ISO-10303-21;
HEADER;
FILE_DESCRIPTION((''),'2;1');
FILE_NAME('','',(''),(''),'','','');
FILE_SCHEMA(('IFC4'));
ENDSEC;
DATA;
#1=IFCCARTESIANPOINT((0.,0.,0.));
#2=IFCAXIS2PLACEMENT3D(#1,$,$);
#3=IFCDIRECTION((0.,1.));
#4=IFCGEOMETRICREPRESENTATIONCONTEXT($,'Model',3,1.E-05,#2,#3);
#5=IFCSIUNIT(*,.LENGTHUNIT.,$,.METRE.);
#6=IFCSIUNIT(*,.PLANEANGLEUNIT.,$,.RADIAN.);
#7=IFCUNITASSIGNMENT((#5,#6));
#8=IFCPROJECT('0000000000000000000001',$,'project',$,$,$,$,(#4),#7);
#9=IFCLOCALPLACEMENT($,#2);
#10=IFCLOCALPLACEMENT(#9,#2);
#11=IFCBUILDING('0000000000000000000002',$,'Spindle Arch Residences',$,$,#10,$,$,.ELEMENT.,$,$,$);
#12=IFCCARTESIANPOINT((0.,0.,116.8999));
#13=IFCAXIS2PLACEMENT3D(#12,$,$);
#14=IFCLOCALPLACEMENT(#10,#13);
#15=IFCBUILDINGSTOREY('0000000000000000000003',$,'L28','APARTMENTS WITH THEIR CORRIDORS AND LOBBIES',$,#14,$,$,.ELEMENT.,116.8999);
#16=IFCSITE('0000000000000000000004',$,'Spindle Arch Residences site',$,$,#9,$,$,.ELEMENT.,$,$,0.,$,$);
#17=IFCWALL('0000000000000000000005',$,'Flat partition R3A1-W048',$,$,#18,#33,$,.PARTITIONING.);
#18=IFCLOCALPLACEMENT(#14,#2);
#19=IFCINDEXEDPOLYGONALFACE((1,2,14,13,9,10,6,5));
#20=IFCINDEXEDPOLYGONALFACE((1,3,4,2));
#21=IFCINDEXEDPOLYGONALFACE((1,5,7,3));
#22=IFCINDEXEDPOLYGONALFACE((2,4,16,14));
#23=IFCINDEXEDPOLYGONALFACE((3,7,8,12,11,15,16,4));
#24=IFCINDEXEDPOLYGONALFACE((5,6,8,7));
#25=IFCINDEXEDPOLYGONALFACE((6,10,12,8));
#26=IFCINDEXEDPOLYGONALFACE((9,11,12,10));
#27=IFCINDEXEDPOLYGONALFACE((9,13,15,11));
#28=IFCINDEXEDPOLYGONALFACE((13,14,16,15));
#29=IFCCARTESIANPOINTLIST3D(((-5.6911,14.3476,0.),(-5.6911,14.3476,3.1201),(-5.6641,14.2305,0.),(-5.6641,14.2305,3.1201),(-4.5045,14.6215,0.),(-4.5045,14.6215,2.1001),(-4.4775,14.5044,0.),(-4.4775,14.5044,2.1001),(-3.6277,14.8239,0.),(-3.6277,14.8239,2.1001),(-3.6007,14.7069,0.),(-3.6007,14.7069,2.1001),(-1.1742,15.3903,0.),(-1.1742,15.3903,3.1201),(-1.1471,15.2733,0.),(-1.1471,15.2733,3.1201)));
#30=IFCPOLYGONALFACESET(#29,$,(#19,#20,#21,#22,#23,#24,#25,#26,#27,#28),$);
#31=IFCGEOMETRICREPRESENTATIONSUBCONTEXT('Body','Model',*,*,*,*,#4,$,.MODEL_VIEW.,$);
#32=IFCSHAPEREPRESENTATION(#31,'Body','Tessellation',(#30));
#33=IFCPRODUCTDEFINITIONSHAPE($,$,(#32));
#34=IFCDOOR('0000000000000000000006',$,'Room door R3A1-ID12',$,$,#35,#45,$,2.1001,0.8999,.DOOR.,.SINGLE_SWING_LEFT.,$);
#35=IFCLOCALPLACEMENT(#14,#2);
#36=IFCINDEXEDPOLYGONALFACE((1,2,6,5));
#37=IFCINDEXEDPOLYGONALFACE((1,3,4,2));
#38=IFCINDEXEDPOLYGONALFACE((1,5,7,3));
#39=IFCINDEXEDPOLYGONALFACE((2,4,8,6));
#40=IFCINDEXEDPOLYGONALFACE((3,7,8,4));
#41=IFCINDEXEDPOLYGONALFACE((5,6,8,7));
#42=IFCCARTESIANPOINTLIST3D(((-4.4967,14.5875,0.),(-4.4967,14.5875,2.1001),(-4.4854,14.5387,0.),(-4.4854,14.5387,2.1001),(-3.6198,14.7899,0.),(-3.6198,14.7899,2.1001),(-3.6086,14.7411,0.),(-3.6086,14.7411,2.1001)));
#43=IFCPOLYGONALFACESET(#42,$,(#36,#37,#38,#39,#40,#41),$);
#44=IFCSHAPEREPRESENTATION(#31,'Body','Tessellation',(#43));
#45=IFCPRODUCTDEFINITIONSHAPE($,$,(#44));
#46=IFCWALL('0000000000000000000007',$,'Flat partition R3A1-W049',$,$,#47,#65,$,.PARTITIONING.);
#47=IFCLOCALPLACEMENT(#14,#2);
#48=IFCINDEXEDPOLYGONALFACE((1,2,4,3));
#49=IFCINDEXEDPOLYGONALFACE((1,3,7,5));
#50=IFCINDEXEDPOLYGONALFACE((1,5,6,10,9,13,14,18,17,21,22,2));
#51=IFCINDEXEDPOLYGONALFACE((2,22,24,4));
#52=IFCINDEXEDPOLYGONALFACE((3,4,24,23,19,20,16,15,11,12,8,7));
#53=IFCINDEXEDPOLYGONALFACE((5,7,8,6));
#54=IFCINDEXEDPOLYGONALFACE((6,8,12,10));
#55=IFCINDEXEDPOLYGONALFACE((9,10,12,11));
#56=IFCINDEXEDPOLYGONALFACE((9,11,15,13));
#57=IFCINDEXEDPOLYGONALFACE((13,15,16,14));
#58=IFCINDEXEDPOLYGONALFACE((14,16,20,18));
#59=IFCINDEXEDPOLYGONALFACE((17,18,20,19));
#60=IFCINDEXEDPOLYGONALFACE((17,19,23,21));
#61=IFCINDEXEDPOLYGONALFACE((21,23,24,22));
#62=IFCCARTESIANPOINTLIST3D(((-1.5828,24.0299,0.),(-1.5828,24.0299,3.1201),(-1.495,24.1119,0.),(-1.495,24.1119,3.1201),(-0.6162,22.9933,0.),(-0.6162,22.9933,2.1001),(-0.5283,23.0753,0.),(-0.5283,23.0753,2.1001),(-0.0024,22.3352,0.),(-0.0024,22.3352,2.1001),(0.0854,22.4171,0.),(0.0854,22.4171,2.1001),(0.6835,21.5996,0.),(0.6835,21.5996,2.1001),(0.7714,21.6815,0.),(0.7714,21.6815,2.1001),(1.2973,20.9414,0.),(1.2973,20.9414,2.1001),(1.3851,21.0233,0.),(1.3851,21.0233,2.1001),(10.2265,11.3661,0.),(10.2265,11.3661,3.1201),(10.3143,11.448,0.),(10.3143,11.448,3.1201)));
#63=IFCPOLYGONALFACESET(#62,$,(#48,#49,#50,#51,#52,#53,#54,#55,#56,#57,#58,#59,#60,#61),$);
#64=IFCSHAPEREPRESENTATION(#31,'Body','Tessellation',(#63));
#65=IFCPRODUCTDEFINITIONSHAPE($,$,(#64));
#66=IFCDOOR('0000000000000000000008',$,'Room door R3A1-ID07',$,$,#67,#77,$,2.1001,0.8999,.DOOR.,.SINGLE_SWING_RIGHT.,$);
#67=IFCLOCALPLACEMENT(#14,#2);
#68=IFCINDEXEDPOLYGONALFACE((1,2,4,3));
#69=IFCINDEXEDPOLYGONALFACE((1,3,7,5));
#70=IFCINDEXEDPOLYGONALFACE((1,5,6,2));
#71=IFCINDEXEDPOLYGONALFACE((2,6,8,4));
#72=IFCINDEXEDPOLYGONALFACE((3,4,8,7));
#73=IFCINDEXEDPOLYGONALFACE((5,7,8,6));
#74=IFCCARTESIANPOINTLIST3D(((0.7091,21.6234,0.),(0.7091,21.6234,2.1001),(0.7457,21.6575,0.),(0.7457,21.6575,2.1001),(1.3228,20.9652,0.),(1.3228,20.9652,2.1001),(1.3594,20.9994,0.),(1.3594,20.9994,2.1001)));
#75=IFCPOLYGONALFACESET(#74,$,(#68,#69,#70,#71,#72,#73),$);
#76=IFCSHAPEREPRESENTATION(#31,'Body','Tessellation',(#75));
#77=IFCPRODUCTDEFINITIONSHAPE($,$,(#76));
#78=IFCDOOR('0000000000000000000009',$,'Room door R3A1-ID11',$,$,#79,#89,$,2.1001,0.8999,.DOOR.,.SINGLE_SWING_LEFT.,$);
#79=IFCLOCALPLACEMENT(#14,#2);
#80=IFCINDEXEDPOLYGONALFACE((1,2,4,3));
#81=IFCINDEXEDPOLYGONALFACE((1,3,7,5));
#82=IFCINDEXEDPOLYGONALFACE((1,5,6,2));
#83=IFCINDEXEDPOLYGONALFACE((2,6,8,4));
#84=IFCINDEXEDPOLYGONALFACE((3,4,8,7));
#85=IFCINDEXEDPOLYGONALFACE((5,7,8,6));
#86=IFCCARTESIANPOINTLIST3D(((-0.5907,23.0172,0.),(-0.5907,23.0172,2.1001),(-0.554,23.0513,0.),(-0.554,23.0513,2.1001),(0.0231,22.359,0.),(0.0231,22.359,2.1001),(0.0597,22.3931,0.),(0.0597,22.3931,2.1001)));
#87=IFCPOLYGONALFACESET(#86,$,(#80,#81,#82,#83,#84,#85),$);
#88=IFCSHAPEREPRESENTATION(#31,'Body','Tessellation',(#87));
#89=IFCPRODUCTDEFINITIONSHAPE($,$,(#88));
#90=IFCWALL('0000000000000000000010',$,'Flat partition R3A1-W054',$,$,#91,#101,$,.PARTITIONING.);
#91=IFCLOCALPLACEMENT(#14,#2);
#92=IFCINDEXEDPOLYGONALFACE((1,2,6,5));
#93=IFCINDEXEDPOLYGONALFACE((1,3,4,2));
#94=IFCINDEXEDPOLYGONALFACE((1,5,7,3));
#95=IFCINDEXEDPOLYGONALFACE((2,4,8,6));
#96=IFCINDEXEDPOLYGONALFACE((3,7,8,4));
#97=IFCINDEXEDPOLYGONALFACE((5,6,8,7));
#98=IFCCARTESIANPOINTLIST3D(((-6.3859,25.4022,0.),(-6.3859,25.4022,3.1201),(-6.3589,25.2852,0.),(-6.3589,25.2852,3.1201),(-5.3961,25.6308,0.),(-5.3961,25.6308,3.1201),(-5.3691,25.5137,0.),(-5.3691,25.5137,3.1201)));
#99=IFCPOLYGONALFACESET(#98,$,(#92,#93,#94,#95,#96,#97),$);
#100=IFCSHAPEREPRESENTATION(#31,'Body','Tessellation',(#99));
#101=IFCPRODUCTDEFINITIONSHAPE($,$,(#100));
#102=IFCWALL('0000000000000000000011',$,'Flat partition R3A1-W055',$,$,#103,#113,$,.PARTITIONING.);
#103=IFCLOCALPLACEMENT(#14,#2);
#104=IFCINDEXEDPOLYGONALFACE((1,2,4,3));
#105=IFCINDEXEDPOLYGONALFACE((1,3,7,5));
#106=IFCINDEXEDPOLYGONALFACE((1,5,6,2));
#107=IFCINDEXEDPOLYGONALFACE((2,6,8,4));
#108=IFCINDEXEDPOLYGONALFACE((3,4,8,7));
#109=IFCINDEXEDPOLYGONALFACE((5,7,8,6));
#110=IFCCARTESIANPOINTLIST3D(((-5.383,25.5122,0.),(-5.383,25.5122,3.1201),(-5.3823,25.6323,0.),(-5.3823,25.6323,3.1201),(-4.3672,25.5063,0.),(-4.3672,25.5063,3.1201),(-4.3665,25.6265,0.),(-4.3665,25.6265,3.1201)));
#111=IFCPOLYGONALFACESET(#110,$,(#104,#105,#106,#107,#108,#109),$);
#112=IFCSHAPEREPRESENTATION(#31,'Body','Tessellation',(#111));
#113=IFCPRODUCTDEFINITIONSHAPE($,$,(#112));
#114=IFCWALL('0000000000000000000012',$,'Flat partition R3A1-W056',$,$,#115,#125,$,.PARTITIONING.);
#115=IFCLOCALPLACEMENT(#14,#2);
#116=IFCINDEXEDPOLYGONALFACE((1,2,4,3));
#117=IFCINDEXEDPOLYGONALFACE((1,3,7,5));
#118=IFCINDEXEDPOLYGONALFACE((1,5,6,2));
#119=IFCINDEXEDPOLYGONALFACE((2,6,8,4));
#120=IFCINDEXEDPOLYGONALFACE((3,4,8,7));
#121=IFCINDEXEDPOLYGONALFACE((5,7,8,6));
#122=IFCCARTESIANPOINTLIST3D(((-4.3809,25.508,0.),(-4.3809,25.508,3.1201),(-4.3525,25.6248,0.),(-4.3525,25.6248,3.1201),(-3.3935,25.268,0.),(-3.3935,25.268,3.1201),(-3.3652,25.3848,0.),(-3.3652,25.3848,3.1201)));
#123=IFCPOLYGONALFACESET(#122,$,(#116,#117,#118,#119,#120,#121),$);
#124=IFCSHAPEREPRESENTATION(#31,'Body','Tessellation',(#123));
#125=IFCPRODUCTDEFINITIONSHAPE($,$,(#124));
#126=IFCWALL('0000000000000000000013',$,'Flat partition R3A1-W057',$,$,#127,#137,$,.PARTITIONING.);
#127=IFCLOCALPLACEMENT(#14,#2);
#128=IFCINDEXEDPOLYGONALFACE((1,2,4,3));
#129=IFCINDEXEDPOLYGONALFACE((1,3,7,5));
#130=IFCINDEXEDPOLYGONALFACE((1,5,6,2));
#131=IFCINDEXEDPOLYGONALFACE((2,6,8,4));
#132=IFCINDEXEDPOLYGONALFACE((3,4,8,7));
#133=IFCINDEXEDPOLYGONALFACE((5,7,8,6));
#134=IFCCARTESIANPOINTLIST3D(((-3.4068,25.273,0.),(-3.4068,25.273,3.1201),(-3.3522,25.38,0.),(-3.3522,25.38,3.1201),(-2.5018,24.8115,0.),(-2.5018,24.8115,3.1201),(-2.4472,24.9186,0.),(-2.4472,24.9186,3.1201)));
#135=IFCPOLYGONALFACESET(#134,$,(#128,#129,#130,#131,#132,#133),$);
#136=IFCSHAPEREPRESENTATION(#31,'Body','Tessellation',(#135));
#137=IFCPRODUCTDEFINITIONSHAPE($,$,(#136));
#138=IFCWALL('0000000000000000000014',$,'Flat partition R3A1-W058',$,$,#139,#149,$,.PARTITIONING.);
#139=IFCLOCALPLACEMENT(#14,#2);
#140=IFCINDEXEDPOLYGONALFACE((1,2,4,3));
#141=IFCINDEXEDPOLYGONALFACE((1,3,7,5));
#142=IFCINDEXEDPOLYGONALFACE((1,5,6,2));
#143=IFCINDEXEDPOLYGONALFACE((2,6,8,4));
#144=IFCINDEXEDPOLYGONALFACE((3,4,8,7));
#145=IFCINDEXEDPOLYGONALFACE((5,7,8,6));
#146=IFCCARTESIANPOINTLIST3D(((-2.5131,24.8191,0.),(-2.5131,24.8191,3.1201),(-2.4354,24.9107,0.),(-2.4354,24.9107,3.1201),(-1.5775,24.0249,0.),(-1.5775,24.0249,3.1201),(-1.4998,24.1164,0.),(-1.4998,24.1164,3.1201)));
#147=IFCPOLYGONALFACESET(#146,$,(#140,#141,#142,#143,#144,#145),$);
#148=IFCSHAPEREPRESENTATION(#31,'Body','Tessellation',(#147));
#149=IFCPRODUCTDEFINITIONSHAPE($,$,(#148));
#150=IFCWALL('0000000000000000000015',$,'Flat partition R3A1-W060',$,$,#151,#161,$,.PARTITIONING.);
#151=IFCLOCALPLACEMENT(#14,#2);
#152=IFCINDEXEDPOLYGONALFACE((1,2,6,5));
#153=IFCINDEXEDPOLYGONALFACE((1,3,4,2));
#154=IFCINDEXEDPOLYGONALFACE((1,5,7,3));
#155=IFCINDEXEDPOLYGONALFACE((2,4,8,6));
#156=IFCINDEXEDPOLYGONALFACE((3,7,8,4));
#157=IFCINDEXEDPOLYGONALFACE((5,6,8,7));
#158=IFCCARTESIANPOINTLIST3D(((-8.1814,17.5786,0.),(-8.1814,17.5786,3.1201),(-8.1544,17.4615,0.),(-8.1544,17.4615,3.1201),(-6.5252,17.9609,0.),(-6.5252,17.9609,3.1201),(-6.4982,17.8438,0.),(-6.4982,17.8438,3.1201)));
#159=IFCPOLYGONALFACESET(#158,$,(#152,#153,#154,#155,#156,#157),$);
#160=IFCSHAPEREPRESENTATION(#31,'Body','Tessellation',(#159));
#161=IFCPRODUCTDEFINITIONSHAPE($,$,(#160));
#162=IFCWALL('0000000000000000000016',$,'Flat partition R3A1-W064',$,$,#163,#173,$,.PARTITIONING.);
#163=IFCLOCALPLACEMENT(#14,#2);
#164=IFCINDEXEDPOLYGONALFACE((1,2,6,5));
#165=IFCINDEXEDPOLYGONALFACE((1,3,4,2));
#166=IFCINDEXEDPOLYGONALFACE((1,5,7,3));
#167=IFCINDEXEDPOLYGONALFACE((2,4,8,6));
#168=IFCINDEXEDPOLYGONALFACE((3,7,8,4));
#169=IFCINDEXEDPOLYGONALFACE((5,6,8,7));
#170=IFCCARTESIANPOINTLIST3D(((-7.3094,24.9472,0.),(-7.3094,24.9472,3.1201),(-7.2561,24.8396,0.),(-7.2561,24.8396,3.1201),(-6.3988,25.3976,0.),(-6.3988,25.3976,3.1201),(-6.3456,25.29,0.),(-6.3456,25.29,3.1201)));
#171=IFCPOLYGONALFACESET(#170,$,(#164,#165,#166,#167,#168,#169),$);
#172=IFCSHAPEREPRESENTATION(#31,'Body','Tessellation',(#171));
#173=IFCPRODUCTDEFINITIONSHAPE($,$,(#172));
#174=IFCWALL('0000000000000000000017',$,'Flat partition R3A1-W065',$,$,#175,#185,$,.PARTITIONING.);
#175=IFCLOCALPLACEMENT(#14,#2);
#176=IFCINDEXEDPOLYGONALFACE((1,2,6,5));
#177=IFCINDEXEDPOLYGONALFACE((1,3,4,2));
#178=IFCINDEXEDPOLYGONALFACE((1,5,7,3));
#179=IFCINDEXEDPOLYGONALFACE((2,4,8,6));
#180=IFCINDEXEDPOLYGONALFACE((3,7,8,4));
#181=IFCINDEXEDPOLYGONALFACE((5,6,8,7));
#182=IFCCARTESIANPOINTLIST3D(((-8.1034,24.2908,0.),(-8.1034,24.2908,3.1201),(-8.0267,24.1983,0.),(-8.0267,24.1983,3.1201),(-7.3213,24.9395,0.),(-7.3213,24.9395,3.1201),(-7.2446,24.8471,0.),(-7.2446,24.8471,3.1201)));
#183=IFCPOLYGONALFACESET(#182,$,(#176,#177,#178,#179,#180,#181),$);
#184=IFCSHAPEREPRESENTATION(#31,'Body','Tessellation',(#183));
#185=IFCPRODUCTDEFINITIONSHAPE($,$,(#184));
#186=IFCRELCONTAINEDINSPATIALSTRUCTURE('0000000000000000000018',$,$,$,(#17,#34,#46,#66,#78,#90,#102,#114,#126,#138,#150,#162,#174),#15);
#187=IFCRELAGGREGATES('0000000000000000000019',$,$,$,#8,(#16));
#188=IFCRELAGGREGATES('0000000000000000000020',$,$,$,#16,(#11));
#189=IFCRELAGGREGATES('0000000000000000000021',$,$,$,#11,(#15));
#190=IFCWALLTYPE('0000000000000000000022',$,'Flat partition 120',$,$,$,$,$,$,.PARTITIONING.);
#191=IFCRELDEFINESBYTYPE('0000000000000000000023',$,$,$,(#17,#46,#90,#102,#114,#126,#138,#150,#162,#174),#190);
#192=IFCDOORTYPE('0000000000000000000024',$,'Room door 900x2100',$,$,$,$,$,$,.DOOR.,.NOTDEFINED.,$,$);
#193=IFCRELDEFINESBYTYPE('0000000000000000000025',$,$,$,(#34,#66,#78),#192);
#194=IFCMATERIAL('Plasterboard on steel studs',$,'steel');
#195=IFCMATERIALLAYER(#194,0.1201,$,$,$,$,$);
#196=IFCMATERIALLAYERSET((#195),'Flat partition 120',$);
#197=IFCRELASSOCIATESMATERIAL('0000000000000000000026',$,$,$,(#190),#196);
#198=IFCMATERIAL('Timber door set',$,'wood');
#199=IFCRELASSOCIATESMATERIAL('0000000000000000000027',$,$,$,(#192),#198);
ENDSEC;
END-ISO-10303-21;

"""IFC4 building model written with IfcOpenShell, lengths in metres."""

from ifc_helpers import new_model, si_unit, direction, frame, frame_2d, origin, place, context, subcontext, project, spatial, rectangle, extrude, material, layer, layer_set, type_object, element, fill, save


model = new_model("IFC4")

# Units and contexts
model_context = context("Model", 3, precision=1e-05, world=origin(), true_north=direction((0.0, 1.0)))
body_context = subcontext(model_context, "Body", "Model", "MODEL_VIEW")
ifc_project = project(units=[si_unit("LENGTHUNIT", "METRE"), si_unit("PLANEANGLEUNIT", "RADIAN")], contexts=[model_context])

# Site, building, storey
site_placement = place(None, origin())
site = spatial("IfcSite", under=ifc_project, at=site_placement, Name="Spindle Arch Residences site", CompositionType="ELEMENT", RefElevation=0.0)
building_placement = place(site_placement, origin())
building = spatial("IfcBuilding", under=site, at=building_placement, Name="Spindle Arch Residences", CompositionType="ELEMENT")
storey_placement = place(building_placement, frame((0.0, 0.0, 116.8999)))
storey = spatial("IfcBuildingStorey", under=building, at=storey_placement, Name="L28", Description="APARTMENTS WITH THEIR CORRIDORS AND LOBBIES", CompositionType="ELEMENT", Elevation=116.8999)

# Shared definitions
ifc_material_1 = material(Name="Plasterboard on steel studs", Category="steel")
ifc_layer_1 = layer(ifc_material_1, 0.1201)
ifc_layer_set_1 = layer_set([ifc_layer_1], Name="Flat partition 120")
wall_type_1 = type_object("IfcWallType", Name="Flat partition 120", PredefinedType="PARTITIONING", material=ifc_layer_set_1)

# Wall, opening, door
wall_1_placement = place(storey_placement, frame((-1.1606, 15.3318, 0.0), z_axis=(0.0, 0.0, 1.0), x_axis=(-0.974373, -0.224936, 0.0)))
wall_1 = element("IfcWall", 1, at=wall_1_placement, inside=storey, type_object=wall_type_1, Name="Flat partition R3A1-W048", PredefinedType="PARTITIONING", context=body_context, shape_type="SweptSolid", body=[
    extrude(rectangle(XDim=4.6357, YDim=0.1201, at=frame_2d((2.3179, 0.0))), origin(), (0.0, 0.0, 1.0), 3.1201),
])
opening_1_placement = place(wall_1_placement, frame((2.5181, 0.0, 0.0)))
opening_1 = element("IfcOpeningElement", 2, at=opening_1_placement, cuts=wall_1, PredefinedType="OPENING", context=body_context, shape_type="SweptSolid", body=[
    extrude(rectangle(XDim=0.8999, YDim=2.1001, at=frame_2d((0.45, 1.05))), frame((0.0, 0.0701, 0.0), z_axis=(0.0, -1.0, 0.0), x_axis=(1.0, 0.0, 0.0)), (0.0, 0.0, 1.0), 0.1401),
])
ifc_material_2 = material(Name="Timber door set", Category="wood")
door_type = type_object("IfcDoorType", Name="Room door 900x2100", OperationType="NOTDEFINED", PredefinedType="DOOR", material=ifc_material_2)
door_1_placement = place(opening_1_placement, origin())
door_1 = element("IfcDoor", 3, at=door_1_placement, inside=storey, type_object=door_type, Name="Room door R3A1-ID12", OperationType="SINGLE_SWING_LEFT", OverallHeight=2.1001, OverallWidth=0.8999, PredefinedType="DOOR", context=body_context, shape_type="SweptSolid", body=[
    extrude(rectangle(XDim=0.8999, YDim=2.1001, at=frame_2d((0.45, 1.05))), frame((0.0, 0.0249, 0.0), z_axis=(0.0, -1.0, 0.0), x_axis=(1.0, 0.0, 0.0)), (0.0, 0.0, 1.0), 0.05),
])
fill(opening_1, door_1)

# Wall, openings, doors
wall_2_placement = place(storey_placement, frame((-1.5388, 24.0708, 0.0), z_axis=(0.0, 0.0, 1.0), x_axis=(0.682002, -0.73135, 0.0)))
wall_2 = element("IfcWall", 4, at=wall_2_placement, inside=storey, type_object=wall_type_1, Name="Flat partition R3A1-W049", PredefinedType="PARTITIONING", context=body_context, shape_type="SweptSolid", body=[
    extrude(rectangle(XDim=17.3157, YDim=0.1201, at=frame_2d((8.6577, 0.0))), origin(), (0.0, 0.0, 1.0), 3.1201),
])
opening_2_placement = place(wall_2_placement, frame((3.323, 0.0, 0.0)))
opening_2 = element("IfcOpeningElement", 5, at=opening_2_placement, cuts=wall_2, PredefinedType="OPENING", context=body_context, shape_type="SweptSolid", body=[
    extrude(rectangle(XDim=0.8999, YDim=2.1001, at=frame_2d((0.45, 1.05))), frame((0.0, 0.0701, 0.0), z_axis=(0.0, -1.0, 0.0), x_axis=(1.0, 0.0, 0.0)), (0.0, 0.0, 1.0), 0.1401),
])
opening_3_placement = place(wall_2_placement, frame((1.4172, 0.0, 0.0)))
opening_3 = element("IfcOpeningElement", 6, at=opening_3_placement, cuts=wall_2, PredefinedType="OPENING", context=body_context, shape_type="SweptSolid", body=[
    extrude(rectangle(XDim=0.8999, YDim=2.1001, at=frame_2d((0.45, 1.05))), frame((0.0, 0.0701, 0.0), z_axis=(0.0, -1.0, 0.0), x_axis=(1.0, 0.0, 0.0)), (0.0, 0.0, 1.0), 0.1401),
])
door_2_placement = place(opening_2_placement, origin())
door_2 = element("IfcDoor", 7, at=door_2_placement, inside=storey, type_object=door_type, Name="Room door R3A1-ID07", OperationType="SINGLE_SWING_RIGHT", OverallHeight=2.1001, OverallWidth=0.8999, PredefinedType="DOOR", context=body_context, shape_type="SweptSolid", body=[
    extrude(rectangle(XDim=0.8999, YDim=2.1001, at=frame_2d((0.45, 1.05))), frame((0.0, 0.0249, 0.0), z_axis=(0.0, -1.0, 0.0), x_axis=(1.0, 0.0, 0.0)), (0.0, 0.0, 1.0), 0.05),
])
fill(opening_2, door_2)
door_3_placement = place(opening_3_placement, origin())
door_3 = element("IfcDoor", 8, at=door_3_placement, inside=storey, type_object=door_type, Name="Room door R3A1-ID11", OperationType="SINGLE_SWING_LEFT", OverallHeight=2.1001, OverallWidth=0.8999, PredefinedType="DOOR", context=body_context, shape_type="SweptSolid", body=[
    extrude(rectangle(XDim=0.8999, YDim=2.1001, at=frame_2d((0.45, 1.05))), frame((0.0, 0.0249, 0.0), z_axis=(0.0, -1.0, 0.0), x_axis=(1.0, 0.0, 0.0)), (0.0, 0.0, 1.0), 0.05),
])
fill(opening_3, door_3)

# Walls
for number, where, z_axis, x_axis, name in (
    (9, (-6.3723, 25.3438, 0.0), (0.0, 0.0, 1.0), (0.974367, 0.224965, 0.0), "Flat partition R3A1-W054"),
    (10, (-5.3826, 25.5723, 0.0), (0.0, 0.0, 1.0), (0.999983, -0.005768, 0.0), "Flat partition R3A1-W055"),
):
    element("IfcWall", number, at=place(storey_placement, frame(where, z_axis=z_axis, x_axis=x_axis)), inside=storey, type_object=wall_type_1, Name=name, PredefinedType="PARTITIONING", context=body_context, shape_type="SweptSolid", body=[
        extrude(rectangle(XDim=1.0159, YDim=0.1201, at=frame_2d((0.5078, 0.0))), origin(), (0.0, 0.0, 1.0), 3.1201),
    ])
wall_3_placement = place(storey_placement, frame((-4.3667, 25.5664, 0.0), z_axis=(0.0, 0.0, 1.0), x_axis=(0.971705, -0.236198, 0.0)))
element("IfcWall", 11, at=wall_3_placement, inside=storey, type_object=wall_type_1, Name="Flat partition R3A1-W056", PredefinedType="PARTITIONING", context=body_context, shape_type="SweptSolid", body=[
    extrude(rectangle(XDim=1.0161, YDim=0.1201, at=frame_2d((0.5081, 0.0))), origin(), (0.0, 0.0, 1.0), 3.1201),
])
wall_4_placement = place(storey_placement, frame((-3.3794, 25.3264, 0.0), z_axis=(0.0, 0.0, 1.0), x_axis=(0.890891, -0.454217, 0.0)))
element("IfcWall", 12, at=wall_4_placement, inside=storey, type_object=wall_type_1, Name="Flat partition R3A1-W057", PredefinedType="PARTITIONING", context=body_context, shape_type="SweptSolid", body=[
    extrude(rectangle(XDim=1.0159, YDim=0.1201, at=frame_2d((0.5078, 0.0))), origin(), (0.0, 0.0, 1.0), 3.1201),
])
wall_5_placement = place(storey_placement, frame((-2.4744, 24.865, 0.0), z_axis=(0.0, 0.0, 1.0), x_axis=(0.762351, -0.647163, 0.0)))
element("IfcWall", 13, at=wall_5_placement, inside=storey, type_object=wall_type_1, Name="Flat partition R3A1-W058", PredefinedType="PARTITIONING", context=body_context, shape_type="SweptSolid", body=[
    extrude(rectangle(XDim=1.2273, YDim=0.1201, at=frame_2d((0.6138, 0.0))), origin(), (0.0, 0.0, 1.0), 3.1201),
])
wall_6_placement = place(storey_placement, frame((-6.5117, 17.9023, 0.0), z_axis=(0.0, 0.0, 1.0), x_axis=(-0.974377, -0.224922, 0.0)))
element("IfcWall", 14, at=wall_6_placement, inside=storey, type_object=wall_type_1, Name="Flat partition R3A1-W060", PredefinedType="PARTITIONING", context=body_context, shape_type="SweptSolid", body=[
    extrude(rectangle(XDim=1.6997, YDim=0.1201, at=frame_2d((0.8499, 0.0))), origin(), (0.0, 0.0, 1.0), 3.1201),
])
wall_7_placement = place(storey_placement, frame((-6.3723, 25.3438, 0.0), z_axis=(0.0, 0.0, 1.0), x_axis=(-0.896341, -0.443365, 0.0)))
element("IfcWall", 15, at=wall_7_placement, inside=storey, type_object=wall_type_1, Name="Flat partition R3A1-W064", PredefinedType="PARTITIONING", context=body_context, shape_type="SweptSolid", body=[
    extrude(rectangle(XDim=1.0159, YDim=0.1201, at=frame_2d((0.5078, 0.0))), origin(), (0.0, 0.0, 1.0), 3.1201),
])
wall_8_placement = place(storey_placement, frame((-7.283, 24.8933, 0.0), z_axis=(0.0, 0.0, 1.0), x_axis=(-0.769657, -0.638457, 0.0)))
element("IfcWall", 16, at=wall_8_placement, inside=storey, type_object=wall_type_1, Name="Flat partition R3A1-W065", PredefinedType="PARTITIONING", context=body_context, shape_type="SweptSolid", body=[
    extrude(rectangle(XDim=1.0161, YDim=0.1201, at=frame_2d((0.5081, 0.0))), origin(), (0.0, 0.0, 1.0), 3.1201),
])

save(model, "model.ifc")
